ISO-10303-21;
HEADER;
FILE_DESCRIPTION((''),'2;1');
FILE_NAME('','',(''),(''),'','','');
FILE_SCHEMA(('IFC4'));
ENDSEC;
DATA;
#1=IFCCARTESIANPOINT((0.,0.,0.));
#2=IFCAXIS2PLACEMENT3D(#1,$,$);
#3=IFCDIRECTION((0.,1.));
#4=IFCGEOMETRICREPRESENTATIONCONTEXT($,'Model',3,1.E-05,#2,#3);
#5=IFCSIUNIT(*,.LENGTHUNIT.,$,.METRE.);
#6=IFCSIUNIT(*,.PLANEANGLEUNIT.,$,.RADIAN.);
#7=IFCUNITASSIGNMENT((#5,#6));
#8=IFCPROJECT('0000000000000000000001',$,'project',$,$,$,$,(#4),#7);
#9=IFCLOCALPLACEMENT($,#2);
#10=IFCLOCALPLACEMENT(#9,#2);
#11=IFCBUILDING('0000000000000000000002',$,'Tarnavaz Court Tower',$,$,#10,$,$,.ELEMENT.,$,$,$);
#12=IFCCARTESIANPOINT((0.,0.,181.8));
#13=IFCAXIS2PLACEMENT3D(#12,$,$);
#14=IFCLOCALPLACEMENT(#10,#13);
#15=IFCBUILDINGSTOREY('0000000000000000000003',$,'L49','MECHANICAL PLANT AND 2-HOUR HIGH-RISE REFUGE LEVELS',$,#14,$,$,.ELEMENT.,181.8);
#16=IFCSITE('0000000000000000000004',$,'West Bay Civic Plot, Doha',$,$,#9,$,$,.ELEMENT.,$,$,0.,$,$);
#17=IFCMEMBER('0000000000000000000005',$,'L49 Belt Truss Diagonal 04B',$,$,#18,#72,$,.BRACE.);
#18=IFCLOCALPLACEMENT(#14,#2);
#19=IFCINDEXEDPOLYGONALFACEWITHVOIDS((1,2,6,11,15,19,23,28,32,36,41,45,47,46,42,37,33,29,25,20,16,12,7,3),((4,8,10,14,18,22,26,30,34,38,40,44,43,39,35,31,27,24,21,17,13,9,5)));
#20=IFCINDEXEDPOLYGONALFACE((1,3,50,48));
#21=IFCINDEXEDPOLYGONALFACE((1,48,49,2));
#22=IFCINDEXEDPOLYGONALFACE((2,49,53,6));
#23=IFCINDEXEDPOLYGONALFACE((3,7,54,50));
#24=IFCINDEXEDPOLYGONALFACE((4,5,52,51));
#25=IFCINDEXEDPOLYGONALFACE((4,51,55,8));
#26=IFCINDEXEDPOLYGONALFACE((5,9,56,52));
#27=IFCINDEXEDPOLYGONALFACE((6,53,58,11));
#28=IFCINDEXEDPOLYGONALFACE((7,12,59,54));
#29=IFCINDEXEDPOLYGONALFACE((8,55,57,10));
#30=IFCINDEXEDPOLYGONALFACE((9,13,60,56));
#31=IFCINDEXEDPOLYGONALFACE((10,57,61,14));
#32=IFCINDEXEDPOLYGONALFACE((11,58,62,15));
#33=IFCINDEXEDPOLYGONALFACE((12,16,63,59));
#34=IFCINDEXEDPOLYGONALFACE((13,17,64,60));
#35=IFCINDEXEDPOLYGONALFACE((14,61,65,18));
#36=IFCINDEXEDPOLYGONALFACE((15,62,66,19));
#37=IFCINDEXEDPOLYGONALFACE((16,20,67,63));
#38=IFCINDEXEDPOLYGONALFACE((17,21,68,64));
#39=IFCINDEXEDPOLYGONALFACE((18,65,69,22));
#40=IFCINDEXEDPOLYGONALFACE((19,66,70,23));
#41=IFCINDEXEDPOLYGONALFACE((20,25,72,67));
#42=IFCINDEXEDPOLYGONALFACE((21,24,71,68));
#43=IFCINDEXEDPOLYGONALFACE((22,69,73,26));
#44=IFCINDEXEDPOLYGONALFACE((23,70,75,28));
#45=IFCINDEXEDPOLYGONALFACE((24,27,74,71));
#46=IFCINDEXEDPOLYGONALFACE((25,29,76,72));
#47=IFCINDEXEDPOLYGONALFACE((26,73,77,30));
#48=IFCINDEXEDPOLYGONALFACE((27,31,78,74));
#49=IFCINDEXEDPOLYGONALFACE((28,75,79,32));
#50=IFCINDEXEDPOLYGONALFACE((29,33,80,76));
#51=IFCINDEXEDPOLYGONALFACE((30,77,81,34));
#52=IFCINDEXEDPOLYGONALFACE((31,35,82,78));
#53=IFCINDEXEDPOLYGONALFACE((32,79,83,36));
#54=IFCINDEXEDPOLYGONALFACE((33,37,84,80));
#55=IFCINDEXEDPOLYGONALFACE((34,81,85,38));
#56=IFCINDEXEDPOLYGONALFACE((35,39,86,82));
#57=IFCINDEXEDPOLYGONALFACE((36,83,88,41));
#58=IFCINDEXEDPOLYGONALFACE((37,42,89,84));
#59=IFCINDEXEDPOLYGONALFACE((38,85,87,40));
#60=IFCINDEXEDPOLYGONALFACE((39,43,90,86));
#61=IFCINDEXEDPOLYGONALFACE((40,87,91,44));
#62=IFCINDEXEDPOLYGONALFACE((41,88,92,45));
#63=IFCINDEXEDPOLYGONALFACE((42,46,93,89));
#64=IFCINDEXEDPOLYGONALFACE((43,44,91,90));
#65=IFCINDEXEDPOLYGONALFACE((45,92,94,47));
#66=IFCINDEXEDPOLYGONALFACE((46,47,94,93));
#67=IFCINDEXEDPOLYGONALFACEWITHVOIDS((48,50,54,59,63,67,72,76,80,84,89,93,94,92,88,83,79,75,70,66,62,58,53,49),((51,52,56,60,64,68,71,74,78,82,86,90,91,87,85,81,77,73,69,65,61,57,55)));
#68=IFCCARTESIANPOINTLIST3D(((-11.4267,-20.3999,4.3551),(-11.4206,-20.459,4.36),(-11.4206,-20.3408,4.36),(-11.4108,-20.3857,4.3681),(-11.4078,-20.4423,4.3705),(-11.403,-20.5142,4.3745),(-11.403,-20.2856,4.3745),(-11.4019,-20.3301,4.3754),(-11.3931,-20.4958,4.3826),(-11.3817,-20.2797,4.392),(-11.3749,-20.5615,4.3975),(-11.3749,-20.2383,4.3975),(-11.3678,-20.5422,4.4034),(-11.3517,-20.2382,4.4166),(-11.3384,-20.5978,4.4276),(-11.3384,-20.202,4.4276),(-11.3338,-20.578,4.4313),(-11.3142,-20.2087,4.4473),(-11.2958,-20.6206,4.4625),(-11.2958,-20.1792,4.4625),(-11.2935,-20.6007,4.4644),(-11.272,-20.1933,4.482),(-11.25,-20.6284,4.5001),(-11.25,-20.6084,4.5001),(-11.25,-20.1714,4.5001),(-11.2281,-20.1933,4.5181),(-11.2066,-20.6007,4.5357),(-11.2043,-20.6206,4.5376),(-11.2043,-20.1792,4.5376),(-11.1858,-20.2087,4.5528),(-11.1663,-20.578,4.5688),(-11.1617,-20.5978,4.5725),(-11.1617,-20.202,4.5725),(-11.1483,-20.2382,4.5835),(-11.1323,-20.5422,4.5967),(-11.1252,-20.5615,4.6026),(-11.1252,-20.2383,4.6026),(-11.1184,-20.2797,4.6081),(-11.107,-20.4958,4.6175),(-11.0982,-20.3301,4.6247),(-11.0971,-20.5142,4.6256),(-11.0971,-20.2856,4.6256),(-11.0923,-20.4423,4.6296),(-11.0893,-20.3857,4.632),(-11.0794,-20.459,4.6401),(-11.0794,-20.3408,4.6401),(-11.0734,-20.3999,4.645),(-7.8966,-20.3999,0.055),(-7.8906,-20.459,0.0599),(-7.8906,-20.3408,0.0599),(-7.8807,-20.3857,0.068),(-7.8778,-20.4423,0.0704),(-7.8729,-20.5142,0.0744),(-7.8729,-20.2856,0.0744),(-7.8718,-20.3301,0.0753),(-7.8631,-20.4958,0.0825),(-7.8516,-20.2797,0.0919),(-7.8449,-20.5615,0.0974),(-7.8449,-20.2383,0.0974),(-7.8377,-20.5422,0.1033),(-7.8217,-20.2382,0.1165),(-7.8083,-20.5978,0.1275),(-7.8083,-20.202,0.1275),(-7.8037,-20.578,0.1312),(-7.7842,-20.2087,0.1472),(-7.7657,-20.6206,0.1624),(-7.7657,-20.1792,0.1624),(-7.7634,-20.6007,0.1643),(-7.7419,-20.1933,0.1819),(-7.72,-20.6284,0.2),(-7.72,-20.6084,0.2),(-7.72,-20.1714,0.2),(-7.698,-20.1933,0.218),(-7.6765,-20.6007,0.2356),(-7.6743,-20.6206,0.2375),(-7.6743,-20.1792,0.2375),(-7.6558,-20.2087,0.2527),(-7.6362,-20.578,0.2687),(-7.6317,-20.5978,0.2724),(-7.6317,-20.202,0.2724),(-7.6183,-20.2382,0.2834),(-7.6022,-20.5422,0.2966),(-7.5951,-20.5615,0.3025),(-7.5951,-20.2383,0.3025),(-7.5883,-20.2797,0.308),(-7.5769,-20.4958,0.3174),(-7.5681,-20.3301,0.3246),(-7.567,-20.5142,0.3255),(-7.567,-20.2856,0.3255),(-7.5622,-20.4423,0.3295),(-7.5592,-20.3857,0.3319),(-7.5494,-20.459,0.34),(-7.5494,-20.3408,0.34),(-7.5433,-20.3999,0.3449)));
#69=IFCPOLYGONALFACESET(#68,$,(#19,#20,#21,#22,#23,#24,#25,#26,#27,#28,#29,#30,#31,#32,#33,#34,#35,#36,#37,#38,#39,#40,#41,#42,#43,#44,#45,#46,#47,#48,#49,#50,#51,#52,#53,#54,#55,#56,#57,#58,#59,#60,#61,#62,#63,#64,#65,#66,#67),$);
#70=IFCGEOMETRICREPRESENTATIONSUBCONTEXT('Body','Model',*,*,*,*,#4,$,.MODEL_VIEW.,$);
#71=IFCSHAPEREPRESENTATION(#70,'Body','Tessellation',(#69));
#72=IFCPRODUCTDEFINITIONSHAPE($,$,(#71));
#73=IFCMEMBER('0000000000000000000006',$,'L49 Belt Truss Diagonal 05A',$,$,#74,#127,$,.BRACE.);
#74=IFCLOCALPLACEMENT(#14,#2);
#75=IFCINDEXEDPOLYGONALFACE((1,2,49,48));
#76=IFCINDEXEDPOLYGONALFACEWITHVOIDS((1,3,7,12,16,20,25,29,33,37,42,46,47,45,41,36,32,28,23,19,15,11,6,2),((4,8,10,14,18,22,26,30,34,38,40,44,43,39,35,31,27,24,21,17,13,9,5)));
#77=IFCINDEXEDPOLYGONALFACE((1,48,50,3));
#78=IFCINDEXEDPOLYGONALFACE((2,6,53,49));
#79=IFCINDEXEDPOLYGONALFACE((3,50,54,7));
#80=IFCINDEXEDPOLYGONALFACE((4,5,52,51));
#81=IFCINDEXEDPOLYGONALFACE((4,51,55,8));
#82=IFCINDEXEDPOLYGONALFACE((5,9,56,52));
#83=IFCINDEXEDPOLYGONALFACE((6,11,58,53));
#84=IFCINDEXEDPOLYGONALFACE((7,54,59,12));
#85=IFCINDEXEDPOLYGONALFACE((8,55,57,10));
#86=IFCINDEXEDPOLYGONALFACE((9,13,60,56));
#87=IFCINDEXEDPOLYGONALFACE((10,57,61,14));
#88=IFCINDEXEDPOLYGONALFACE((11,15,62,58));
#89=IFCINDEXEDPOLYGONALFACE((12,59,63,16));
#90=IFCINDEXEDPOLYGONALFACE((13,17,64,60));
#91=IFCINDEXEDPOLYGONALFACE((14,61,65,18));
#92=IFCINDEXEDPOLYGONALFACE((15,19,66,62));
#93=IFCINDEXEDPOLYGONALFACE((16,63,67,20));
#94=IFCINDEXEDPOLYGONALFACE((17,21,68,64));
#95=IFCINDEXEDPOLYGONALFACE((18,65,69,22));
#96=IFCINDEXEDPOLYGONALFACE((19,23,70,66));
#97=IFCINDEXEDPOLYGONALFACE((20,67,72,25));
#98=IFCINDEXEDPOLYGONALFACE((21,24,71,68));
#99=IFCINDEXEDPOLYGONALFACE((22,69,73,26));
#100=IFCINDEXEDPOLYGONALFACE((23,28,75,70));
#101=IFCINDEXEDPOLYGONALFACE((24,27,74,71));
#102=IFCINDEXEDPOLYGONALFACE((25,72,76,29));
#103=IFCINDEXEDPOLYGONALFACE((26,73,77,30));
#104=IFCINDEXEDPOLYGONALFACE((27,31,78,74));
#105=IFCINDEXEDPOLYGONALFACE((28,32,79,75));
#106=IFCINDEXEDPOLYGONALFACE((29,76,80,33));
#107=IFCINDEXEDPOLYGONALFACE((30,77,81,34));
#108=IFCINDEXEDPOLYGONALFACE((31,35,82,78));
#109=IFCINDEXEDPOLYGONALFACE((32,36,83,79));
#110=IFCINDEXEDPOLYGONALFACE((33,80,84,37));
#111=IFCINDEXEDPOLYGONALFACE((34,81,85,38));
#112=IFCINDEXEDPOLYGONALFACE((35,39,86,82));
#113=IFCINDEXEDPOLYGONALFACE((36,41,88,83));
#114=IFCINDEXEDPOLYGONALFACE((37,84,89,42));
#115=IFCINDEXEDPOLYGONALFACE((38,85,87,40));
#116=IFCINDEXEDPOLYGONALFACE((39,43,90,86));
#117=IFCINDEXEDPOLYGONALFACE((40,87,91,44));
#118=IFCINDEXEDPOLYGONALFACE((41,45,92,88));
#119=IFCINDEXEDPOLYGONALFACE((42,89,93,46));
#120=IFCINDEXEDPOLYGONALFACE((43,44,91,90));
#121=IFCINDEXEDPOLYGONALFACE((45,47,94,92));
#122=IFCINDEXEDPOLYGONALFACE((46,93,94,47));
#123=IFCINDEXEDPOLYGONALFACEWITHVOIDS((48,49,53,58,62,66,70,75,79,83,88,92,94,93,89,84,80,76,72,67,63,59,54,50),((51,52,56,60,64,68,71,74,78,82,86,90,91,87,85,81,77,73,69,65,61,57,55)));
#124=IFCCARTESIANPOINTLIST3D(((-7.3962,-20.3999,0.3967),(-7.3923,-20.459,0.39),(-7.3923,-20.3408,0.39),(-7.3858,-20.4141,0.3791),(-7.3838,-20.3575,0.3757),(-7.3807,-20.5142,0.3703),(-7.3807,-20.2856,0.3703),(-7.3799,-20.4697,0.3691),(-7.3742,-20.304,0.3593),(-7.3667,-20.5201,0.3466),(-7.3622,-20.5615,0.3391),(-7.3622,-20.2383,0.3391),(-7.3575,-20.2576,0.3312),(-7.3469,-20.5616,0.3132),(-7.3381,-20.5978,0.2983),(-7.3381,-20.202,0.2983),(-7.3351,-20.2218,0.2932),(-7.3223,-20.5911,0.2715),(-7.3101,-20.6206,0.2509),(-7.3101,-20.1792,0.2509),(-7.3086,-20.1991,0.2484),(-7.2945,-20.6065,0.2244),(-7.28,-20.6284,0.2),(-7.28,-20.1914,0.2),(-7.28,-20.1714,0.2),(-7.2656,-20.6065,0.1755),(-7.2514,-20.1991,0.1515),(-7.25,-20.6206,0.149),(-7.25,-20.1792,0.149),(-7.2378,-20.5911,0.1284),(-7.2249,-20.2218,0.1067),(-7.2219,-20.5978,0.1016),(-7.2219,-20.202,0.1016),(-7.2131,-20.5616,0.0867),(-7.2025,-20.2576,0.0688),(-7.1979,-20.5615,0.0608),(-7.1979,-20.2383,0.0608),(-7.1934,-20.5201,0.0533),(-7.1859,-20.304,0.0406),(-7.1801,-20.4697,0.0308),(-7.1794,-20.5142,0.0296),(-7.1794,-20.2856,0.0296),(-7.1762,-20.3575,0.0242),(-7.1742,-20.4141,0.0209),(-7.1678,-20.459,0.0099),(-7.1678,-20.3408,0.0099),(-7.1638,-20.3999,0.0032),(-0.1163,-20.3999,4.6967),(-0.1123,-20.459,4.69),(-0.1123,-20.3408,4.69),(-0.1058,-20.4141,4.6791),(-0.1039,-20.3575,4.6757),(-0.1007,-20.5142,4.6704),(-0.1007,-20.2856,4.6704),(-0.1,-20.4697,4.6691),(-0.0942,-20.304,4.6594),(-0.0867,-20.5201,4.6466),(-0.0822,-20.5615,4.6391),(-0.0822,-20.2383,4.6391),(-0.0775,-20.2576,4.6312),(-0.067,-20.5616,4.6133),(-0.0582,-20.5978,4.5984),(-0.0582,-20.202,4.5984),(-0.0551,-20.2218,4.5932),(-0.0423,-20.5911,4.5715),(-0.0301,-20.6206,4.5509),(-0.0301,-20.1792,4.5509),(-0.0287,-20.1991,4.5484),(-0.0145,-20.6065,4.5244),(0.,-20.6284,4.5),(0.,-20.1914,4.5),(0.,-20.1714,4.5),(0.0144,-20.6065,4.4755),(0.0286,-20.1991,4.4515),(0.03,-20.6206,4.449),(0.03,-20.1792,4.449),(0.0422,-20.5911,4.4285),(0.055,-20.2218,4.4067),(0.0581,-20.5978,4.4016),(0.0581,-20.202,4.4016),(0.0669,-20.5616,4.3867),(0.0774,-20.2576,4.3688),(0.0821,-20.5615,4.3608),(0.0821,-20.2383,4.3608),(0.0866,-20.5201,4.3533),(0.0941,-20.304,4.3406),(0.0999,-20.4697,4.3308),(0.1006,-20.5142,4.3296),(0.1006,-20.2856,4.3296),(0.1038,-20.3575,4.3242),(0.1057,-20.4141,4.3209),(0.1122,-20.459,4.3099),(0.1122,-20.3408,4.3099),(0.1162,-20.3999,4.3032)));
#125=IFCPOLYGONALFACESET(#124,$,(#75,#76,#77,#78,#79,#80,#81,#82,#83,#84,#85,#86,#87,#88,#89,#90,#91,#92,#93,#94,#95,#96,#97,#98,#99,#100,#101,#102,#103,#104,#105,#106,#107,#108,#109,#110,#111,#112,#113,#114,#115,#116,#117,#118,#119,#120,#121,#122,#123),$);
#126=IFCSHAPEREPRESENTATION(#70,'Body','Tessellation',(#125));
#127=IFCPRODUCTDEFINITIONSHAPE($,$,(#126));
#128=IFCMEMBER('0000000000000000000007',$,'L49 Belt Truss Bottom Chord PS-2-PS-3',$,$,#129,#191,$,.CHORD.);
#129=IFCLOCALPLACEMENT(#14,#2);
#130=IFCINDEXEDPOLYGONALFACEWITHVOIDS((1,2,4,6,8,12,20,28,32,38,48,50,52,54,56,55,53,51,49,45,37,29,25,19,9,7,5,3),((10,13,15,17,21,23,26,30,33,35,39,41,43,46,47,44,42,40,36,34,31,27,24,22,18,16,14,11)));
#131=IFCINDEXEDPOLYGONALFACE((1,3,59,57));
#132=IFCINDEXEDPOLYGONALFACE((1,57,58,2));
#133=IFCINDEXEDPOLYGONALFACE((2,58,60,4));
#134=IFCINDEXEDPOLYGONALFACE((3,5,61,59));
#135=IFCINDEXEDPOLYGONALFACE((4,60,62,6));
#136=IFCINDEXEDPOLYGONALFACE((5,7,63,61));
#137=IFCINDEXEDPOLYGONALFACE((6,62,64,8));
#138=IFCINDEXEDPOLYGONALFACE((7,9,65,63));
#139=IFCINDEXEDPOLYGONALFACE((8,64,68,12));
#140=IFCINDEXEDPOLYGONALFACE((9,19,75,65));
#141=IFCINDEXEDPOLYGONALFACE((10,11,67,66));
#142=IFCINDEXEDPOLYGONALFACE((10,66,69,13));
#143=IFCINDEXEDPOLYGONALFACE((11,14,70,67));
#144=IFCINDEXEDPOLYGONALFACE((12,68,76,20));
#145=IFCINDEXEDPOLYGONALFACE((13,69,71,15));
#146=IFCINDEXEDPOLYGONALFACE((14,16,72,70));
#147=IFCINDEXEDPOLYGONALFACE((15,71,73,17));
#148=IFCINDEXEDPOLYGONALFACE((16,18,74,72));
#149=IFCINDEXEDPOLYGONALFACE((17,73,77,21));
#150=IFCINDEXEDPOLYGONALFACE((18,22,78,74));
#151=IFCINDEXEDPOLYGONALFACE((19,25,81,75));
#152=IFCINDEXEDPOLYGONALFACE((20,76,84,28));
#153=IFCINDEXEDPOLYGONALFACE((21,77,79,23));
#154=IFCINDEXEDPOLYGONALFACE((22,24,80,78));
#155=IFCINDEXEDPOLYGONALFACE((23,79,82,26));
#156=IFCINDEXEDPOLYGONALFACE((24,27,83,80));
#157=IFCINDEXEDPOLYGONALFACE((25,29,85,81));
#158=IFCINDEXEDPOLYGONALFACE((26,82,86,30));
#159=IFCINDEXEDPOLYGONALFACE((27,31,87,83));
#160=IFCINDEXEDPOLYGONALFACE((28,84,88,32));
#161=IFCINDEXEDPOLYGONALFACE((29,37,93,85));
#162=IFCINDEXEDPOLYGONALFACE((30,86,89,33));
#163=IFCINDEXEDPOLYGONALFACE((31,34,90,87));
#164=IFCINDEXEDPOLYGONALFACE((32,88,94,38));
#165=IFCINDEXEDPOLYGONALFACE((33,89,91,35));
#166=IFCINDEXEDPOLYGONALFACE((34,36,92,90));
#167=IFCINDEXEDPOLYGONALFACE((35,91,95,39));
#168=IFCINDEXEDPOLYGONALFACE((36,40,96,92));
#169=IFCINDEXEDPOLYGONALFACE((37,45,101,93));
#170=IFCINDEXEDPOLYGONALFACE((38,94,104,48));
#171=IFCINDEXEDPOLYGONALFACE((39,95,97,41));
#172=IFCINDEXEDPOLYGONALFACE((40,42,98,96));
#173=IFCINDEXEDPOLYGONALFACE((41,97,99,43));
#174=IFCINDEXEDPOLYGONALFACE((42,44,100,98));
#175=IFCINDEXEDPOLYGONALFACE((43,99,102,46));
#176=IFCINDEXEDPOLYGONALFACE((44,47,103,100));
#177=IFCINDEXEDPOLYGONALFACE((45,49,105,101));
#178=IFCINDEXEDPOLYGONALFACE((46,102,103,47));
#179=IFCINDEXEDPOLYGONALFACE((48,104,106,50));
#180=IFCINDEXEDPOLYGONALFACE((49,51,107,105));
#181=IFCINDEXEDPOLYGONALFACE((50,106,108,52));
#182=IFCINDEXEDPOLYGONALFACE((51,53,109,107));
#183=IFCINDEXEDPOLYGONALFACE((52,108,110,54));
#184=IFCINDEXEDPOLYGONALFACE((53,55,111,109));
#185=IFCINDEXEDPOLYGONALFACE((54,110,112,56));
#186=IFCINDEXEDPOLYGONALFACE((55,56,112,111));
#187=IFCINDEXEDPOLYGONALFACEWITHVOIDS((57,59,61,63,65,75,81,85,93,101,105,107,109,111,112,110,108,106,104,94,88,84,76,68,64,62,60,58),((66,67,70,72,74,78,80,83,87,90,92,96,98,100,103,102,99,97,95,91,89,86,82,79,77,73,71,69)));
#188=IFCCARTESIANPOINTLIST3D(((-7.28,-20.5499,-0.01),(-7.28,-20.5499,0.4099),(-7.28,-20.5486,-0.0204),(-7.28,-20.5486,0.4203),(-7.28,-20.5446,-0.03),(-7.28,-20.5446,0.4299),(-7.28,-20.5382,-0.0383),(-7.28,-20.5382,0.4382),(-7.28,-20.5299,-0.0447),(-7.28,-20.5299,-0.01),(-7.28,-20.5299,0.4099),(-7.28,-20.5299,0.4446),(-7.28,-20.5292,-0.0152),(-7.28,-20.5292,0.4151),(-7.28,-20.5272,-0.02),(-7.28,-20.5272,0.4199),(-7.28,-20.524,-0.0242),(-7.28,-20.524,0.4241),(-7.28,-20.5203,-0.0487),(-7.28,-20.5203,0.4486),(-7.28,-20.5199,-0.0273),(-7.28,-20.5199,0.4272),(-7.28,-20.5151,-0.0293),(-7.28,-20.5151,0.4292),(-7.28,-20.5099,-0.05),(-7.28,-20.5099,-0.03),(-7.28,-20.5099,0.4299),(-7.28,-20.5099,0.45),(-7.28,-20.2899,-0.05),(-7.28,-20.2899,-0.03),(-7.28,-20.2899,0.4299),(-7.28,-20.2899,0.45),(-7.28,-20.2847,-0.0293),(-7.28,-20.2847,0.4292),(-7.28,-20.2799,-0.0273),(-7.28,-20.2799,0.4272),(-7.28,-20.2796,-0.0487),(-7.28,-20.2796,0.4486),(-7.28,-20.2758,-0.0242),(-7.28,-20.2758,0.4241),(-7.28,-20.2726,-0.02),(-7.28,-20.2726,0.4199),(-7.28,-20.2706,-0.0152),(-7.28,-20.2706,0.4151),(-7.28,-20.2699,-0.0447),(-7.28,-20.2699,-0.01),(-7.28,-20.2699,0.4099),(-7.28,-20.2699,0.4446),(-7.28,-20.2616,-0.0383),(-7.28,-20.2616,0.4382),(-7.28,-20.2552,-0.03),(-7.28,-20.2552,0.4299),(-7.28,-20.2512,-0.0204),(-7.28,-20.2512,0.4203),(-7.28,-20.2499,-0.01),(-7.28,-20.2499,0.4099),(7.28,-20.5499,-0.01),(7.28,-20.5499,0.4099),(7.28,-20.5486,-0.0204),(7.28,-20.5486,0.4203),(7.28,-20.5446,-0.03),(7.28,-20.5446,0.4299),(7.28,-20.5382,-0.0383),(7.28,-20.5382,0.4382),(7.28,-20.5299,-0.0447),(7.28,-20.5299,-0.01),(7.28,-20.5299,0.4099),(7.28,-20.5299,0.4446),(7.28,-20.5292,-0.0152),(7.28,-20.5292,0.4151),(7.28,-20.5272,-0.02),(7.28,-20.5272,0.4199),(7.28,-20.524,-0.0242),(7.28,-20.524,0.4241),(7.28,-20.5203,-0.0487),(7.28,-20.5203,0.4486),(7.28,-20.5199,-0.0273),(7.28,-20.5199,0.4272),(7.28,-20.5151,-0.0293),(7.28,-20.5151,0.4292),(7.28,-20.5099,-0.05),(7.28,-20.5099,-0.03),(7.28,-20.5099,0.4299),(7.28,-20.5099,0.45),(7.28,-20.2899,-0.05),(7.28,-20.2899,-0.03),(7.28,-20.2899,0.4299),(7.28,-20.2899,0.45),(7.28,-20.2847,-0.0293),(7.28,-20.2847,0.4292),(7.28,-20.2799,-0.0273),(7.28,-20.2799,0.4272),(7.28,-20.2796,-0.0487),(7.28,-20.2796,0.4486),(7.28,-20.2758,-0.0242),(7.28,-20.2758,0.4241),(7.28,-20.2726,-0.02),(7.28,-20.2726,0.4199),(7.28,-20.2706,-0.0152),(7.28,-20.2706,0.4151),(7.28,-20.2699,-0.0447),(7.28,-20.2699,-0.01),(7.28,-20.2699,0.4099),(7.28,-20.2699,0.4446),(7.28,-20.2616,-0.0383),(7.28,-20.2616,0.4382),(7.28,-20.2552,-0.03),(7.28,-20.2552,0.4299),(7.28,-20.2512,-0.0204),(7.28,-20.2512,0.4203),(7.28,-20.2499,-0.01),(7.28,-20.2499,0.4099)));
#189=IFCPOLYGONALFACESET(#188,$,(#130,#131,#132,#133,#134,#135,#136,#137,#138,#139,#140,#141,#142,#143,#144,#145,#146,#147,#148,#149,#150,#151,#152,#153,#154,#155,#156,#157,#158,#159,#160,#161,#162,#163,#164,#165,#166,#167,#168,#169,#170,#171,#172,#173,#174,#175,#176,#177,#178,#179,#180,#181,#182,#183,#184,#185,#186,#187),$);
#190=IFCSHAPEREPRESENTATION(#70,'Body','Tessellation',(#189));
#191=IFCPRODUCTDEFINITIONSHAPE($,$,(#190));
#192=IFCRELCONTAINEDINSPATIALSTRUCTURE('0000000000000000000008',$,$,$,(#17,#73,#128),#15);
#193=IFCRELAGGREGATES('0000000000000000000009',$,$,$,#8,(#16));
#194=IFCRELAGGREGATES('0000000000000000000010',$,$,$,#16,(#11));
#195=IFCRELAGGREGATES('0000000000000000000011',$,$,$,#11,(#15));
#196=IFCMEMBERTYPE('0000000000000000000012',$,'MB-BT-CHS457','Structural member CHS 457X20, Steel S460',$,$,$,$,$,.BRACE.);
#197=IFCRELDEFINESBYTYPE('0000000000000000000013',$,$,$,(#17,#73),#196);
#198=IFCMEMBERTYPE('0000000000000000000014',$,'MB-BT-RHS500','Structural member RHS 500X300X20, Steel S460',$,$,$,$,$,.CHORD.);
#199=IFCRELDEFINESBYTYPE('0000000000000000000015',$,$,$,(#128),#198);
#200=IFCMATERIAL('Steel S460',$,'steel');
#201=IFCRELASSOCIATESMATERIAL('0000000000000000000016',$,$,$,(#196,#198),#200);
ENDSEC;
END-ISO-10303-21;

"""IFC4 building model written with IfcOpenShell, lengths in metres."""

from ifc_helpers import new_model, si_unit, direction, frame, origin, origin_2d, place, context, subcontext, project, spatial, hollow_rectangle, hollow_circle, extrude, material, material_profile, profile_set, type_object, element, save


model = new_model("IFC4")

# Units and contexts
model_context = context("Model", 3, precision=1e-05, world=origin(), true_north=direction((0.0, 1.0)))
body_context = subcontext(model_context, "Body", "Model", "MODEL_VIEW")
ifc_project = project(units=[si_unit("LENGTHUNIT", "METRE"), si_unit("PLANEANGLEUNIT", "RADIAN")], contexts=[model_context])

# Site, building, storey
site_placement = place(None, origin())
site = spatial("IfcSite", under=ifc_project, at=site_placement, Name="West Bay Civic Plot, Doha", CompositionType="ELEMENT", RefElevation=0.0)
building_placement = place(site_placement, origin())
building = spatial("IfcBuilding", under=site, at=building_placement, Name="Tarnavaz Court Tower", CompositionType="ELEMENT")
storey_placement = place(building_placement, frame((0.0, 0.0, 181.8)))
storey = spatial("IfcBuildingStorey", under=building, at=storey_placement, Name="L49", Description="MECHANICAL PLANT AND 2-HOUR HIGH-RISE REFUGE LEVELS", CompositionType="ELEMENT", Elevation=181.8)

# Shared definitions
ifc_material_1 = material(Name="Steel S460", Category="steel")

# Members
ifc_material_profile_1 = material_profile(ifc_material_1, hollow_circle(Radius=0.2285, WallThickness=0.02, at=origin_2d()), Name="CHS 457X20")
ifc_profile_set_1 = profile_set([ifc_material_profile_1], Name="Steel S460")
member_type_1 = type_object("IfcMemberType", Name="MB-BT-CHS457", Description="Structural member CHS 457X20, Steel S460", PredefinedType="BRACE", material=ifc_profile_set_1)
member_1_placement = place(storey_placement, frame((-7.72, -20.3999, 0.2), z_axis=(-0.634508, 0.0, 0.772916), x_axis=(0.0, -1.0, 0.0)))
element("IfcMember", 1, at=member_1_placement, inside=storey, type_object=member_type_1, Name="L49 Belt Truss Diagonal 04B", PredefinedType="BRACE", context=body_context, shape_type="SweptSolid", body=[
    extrude(hollow_circle(Radius=0.2285, WallThickness=0.02, at=origin_2d()), origin(), (0.0, 0.0, 1.0), 5.5635),
])
member_2_placement = place(storey_placement, frame((-7.28, -20.3999, 0.2), z_axis=(0.861019, 0.0, 0.508573), x_axis=(0.0, 1.0, 0.0)))
element("IfcMember", 2, at=member_2_placement, inside=storey, type_object=member_type_1, Name="L49 Belt Truss Diagonal 05A", PredefinedType="BRACE", context=body_context, shape_type="SweptSolid", body=[
    extrude(hollow_circle(Radius=0.2285, WallThickness=0.02, at=origin_2d()), origin(), (0.0, 0.0, 1.0), 8.4551),
])
ifc_material_profile_2 = material_profile(ifc_material_1, hollow_rectangle(XDim=0.3, YDim=0.5, WallThickness=0.02, InnerFilletRadius=0.02, OuterFilletRadius=0.04, at=origin_2d()), Name="RHS 500X300X20")
ifc_profile_set_2 = profile_set([ifc_material_profile_2], Name="Steel S460")
member_type_2 = type_object("IfcMemberType", Name="MB-BT-RHS500", Description="Structural member RHS 500X300X20, Steel S460", PredefinedType="CHORD", material=ifc_profile_set_2)
member_3_placement = place(storey_placement, frame((-7.28, -20.3999, 0.2), z_axis=(1.0, 0.0, 0.0), x_axis=(0.0, 1.0, 0.0)))
element("IfcMember", 3, at=member_3_placement, inside=storey, type_object=member_type_2, Name="L49 Belt Truss Bottom Chord PS-2-PS-3", PredefinedType="CHORD", context=body_context, shape_type="SweptSolid", body=[
    extrude(hollow_rectangle(XDim=0.3, YDim=0.5, WallThickness=0.02, InnerFilletRadius=0.02, OuterFilletRadius=0.04, at=origin_2d()), origin(), (0.0, 0.0, 1.0), 14.5601),
])

save(model, "model.ifc")
